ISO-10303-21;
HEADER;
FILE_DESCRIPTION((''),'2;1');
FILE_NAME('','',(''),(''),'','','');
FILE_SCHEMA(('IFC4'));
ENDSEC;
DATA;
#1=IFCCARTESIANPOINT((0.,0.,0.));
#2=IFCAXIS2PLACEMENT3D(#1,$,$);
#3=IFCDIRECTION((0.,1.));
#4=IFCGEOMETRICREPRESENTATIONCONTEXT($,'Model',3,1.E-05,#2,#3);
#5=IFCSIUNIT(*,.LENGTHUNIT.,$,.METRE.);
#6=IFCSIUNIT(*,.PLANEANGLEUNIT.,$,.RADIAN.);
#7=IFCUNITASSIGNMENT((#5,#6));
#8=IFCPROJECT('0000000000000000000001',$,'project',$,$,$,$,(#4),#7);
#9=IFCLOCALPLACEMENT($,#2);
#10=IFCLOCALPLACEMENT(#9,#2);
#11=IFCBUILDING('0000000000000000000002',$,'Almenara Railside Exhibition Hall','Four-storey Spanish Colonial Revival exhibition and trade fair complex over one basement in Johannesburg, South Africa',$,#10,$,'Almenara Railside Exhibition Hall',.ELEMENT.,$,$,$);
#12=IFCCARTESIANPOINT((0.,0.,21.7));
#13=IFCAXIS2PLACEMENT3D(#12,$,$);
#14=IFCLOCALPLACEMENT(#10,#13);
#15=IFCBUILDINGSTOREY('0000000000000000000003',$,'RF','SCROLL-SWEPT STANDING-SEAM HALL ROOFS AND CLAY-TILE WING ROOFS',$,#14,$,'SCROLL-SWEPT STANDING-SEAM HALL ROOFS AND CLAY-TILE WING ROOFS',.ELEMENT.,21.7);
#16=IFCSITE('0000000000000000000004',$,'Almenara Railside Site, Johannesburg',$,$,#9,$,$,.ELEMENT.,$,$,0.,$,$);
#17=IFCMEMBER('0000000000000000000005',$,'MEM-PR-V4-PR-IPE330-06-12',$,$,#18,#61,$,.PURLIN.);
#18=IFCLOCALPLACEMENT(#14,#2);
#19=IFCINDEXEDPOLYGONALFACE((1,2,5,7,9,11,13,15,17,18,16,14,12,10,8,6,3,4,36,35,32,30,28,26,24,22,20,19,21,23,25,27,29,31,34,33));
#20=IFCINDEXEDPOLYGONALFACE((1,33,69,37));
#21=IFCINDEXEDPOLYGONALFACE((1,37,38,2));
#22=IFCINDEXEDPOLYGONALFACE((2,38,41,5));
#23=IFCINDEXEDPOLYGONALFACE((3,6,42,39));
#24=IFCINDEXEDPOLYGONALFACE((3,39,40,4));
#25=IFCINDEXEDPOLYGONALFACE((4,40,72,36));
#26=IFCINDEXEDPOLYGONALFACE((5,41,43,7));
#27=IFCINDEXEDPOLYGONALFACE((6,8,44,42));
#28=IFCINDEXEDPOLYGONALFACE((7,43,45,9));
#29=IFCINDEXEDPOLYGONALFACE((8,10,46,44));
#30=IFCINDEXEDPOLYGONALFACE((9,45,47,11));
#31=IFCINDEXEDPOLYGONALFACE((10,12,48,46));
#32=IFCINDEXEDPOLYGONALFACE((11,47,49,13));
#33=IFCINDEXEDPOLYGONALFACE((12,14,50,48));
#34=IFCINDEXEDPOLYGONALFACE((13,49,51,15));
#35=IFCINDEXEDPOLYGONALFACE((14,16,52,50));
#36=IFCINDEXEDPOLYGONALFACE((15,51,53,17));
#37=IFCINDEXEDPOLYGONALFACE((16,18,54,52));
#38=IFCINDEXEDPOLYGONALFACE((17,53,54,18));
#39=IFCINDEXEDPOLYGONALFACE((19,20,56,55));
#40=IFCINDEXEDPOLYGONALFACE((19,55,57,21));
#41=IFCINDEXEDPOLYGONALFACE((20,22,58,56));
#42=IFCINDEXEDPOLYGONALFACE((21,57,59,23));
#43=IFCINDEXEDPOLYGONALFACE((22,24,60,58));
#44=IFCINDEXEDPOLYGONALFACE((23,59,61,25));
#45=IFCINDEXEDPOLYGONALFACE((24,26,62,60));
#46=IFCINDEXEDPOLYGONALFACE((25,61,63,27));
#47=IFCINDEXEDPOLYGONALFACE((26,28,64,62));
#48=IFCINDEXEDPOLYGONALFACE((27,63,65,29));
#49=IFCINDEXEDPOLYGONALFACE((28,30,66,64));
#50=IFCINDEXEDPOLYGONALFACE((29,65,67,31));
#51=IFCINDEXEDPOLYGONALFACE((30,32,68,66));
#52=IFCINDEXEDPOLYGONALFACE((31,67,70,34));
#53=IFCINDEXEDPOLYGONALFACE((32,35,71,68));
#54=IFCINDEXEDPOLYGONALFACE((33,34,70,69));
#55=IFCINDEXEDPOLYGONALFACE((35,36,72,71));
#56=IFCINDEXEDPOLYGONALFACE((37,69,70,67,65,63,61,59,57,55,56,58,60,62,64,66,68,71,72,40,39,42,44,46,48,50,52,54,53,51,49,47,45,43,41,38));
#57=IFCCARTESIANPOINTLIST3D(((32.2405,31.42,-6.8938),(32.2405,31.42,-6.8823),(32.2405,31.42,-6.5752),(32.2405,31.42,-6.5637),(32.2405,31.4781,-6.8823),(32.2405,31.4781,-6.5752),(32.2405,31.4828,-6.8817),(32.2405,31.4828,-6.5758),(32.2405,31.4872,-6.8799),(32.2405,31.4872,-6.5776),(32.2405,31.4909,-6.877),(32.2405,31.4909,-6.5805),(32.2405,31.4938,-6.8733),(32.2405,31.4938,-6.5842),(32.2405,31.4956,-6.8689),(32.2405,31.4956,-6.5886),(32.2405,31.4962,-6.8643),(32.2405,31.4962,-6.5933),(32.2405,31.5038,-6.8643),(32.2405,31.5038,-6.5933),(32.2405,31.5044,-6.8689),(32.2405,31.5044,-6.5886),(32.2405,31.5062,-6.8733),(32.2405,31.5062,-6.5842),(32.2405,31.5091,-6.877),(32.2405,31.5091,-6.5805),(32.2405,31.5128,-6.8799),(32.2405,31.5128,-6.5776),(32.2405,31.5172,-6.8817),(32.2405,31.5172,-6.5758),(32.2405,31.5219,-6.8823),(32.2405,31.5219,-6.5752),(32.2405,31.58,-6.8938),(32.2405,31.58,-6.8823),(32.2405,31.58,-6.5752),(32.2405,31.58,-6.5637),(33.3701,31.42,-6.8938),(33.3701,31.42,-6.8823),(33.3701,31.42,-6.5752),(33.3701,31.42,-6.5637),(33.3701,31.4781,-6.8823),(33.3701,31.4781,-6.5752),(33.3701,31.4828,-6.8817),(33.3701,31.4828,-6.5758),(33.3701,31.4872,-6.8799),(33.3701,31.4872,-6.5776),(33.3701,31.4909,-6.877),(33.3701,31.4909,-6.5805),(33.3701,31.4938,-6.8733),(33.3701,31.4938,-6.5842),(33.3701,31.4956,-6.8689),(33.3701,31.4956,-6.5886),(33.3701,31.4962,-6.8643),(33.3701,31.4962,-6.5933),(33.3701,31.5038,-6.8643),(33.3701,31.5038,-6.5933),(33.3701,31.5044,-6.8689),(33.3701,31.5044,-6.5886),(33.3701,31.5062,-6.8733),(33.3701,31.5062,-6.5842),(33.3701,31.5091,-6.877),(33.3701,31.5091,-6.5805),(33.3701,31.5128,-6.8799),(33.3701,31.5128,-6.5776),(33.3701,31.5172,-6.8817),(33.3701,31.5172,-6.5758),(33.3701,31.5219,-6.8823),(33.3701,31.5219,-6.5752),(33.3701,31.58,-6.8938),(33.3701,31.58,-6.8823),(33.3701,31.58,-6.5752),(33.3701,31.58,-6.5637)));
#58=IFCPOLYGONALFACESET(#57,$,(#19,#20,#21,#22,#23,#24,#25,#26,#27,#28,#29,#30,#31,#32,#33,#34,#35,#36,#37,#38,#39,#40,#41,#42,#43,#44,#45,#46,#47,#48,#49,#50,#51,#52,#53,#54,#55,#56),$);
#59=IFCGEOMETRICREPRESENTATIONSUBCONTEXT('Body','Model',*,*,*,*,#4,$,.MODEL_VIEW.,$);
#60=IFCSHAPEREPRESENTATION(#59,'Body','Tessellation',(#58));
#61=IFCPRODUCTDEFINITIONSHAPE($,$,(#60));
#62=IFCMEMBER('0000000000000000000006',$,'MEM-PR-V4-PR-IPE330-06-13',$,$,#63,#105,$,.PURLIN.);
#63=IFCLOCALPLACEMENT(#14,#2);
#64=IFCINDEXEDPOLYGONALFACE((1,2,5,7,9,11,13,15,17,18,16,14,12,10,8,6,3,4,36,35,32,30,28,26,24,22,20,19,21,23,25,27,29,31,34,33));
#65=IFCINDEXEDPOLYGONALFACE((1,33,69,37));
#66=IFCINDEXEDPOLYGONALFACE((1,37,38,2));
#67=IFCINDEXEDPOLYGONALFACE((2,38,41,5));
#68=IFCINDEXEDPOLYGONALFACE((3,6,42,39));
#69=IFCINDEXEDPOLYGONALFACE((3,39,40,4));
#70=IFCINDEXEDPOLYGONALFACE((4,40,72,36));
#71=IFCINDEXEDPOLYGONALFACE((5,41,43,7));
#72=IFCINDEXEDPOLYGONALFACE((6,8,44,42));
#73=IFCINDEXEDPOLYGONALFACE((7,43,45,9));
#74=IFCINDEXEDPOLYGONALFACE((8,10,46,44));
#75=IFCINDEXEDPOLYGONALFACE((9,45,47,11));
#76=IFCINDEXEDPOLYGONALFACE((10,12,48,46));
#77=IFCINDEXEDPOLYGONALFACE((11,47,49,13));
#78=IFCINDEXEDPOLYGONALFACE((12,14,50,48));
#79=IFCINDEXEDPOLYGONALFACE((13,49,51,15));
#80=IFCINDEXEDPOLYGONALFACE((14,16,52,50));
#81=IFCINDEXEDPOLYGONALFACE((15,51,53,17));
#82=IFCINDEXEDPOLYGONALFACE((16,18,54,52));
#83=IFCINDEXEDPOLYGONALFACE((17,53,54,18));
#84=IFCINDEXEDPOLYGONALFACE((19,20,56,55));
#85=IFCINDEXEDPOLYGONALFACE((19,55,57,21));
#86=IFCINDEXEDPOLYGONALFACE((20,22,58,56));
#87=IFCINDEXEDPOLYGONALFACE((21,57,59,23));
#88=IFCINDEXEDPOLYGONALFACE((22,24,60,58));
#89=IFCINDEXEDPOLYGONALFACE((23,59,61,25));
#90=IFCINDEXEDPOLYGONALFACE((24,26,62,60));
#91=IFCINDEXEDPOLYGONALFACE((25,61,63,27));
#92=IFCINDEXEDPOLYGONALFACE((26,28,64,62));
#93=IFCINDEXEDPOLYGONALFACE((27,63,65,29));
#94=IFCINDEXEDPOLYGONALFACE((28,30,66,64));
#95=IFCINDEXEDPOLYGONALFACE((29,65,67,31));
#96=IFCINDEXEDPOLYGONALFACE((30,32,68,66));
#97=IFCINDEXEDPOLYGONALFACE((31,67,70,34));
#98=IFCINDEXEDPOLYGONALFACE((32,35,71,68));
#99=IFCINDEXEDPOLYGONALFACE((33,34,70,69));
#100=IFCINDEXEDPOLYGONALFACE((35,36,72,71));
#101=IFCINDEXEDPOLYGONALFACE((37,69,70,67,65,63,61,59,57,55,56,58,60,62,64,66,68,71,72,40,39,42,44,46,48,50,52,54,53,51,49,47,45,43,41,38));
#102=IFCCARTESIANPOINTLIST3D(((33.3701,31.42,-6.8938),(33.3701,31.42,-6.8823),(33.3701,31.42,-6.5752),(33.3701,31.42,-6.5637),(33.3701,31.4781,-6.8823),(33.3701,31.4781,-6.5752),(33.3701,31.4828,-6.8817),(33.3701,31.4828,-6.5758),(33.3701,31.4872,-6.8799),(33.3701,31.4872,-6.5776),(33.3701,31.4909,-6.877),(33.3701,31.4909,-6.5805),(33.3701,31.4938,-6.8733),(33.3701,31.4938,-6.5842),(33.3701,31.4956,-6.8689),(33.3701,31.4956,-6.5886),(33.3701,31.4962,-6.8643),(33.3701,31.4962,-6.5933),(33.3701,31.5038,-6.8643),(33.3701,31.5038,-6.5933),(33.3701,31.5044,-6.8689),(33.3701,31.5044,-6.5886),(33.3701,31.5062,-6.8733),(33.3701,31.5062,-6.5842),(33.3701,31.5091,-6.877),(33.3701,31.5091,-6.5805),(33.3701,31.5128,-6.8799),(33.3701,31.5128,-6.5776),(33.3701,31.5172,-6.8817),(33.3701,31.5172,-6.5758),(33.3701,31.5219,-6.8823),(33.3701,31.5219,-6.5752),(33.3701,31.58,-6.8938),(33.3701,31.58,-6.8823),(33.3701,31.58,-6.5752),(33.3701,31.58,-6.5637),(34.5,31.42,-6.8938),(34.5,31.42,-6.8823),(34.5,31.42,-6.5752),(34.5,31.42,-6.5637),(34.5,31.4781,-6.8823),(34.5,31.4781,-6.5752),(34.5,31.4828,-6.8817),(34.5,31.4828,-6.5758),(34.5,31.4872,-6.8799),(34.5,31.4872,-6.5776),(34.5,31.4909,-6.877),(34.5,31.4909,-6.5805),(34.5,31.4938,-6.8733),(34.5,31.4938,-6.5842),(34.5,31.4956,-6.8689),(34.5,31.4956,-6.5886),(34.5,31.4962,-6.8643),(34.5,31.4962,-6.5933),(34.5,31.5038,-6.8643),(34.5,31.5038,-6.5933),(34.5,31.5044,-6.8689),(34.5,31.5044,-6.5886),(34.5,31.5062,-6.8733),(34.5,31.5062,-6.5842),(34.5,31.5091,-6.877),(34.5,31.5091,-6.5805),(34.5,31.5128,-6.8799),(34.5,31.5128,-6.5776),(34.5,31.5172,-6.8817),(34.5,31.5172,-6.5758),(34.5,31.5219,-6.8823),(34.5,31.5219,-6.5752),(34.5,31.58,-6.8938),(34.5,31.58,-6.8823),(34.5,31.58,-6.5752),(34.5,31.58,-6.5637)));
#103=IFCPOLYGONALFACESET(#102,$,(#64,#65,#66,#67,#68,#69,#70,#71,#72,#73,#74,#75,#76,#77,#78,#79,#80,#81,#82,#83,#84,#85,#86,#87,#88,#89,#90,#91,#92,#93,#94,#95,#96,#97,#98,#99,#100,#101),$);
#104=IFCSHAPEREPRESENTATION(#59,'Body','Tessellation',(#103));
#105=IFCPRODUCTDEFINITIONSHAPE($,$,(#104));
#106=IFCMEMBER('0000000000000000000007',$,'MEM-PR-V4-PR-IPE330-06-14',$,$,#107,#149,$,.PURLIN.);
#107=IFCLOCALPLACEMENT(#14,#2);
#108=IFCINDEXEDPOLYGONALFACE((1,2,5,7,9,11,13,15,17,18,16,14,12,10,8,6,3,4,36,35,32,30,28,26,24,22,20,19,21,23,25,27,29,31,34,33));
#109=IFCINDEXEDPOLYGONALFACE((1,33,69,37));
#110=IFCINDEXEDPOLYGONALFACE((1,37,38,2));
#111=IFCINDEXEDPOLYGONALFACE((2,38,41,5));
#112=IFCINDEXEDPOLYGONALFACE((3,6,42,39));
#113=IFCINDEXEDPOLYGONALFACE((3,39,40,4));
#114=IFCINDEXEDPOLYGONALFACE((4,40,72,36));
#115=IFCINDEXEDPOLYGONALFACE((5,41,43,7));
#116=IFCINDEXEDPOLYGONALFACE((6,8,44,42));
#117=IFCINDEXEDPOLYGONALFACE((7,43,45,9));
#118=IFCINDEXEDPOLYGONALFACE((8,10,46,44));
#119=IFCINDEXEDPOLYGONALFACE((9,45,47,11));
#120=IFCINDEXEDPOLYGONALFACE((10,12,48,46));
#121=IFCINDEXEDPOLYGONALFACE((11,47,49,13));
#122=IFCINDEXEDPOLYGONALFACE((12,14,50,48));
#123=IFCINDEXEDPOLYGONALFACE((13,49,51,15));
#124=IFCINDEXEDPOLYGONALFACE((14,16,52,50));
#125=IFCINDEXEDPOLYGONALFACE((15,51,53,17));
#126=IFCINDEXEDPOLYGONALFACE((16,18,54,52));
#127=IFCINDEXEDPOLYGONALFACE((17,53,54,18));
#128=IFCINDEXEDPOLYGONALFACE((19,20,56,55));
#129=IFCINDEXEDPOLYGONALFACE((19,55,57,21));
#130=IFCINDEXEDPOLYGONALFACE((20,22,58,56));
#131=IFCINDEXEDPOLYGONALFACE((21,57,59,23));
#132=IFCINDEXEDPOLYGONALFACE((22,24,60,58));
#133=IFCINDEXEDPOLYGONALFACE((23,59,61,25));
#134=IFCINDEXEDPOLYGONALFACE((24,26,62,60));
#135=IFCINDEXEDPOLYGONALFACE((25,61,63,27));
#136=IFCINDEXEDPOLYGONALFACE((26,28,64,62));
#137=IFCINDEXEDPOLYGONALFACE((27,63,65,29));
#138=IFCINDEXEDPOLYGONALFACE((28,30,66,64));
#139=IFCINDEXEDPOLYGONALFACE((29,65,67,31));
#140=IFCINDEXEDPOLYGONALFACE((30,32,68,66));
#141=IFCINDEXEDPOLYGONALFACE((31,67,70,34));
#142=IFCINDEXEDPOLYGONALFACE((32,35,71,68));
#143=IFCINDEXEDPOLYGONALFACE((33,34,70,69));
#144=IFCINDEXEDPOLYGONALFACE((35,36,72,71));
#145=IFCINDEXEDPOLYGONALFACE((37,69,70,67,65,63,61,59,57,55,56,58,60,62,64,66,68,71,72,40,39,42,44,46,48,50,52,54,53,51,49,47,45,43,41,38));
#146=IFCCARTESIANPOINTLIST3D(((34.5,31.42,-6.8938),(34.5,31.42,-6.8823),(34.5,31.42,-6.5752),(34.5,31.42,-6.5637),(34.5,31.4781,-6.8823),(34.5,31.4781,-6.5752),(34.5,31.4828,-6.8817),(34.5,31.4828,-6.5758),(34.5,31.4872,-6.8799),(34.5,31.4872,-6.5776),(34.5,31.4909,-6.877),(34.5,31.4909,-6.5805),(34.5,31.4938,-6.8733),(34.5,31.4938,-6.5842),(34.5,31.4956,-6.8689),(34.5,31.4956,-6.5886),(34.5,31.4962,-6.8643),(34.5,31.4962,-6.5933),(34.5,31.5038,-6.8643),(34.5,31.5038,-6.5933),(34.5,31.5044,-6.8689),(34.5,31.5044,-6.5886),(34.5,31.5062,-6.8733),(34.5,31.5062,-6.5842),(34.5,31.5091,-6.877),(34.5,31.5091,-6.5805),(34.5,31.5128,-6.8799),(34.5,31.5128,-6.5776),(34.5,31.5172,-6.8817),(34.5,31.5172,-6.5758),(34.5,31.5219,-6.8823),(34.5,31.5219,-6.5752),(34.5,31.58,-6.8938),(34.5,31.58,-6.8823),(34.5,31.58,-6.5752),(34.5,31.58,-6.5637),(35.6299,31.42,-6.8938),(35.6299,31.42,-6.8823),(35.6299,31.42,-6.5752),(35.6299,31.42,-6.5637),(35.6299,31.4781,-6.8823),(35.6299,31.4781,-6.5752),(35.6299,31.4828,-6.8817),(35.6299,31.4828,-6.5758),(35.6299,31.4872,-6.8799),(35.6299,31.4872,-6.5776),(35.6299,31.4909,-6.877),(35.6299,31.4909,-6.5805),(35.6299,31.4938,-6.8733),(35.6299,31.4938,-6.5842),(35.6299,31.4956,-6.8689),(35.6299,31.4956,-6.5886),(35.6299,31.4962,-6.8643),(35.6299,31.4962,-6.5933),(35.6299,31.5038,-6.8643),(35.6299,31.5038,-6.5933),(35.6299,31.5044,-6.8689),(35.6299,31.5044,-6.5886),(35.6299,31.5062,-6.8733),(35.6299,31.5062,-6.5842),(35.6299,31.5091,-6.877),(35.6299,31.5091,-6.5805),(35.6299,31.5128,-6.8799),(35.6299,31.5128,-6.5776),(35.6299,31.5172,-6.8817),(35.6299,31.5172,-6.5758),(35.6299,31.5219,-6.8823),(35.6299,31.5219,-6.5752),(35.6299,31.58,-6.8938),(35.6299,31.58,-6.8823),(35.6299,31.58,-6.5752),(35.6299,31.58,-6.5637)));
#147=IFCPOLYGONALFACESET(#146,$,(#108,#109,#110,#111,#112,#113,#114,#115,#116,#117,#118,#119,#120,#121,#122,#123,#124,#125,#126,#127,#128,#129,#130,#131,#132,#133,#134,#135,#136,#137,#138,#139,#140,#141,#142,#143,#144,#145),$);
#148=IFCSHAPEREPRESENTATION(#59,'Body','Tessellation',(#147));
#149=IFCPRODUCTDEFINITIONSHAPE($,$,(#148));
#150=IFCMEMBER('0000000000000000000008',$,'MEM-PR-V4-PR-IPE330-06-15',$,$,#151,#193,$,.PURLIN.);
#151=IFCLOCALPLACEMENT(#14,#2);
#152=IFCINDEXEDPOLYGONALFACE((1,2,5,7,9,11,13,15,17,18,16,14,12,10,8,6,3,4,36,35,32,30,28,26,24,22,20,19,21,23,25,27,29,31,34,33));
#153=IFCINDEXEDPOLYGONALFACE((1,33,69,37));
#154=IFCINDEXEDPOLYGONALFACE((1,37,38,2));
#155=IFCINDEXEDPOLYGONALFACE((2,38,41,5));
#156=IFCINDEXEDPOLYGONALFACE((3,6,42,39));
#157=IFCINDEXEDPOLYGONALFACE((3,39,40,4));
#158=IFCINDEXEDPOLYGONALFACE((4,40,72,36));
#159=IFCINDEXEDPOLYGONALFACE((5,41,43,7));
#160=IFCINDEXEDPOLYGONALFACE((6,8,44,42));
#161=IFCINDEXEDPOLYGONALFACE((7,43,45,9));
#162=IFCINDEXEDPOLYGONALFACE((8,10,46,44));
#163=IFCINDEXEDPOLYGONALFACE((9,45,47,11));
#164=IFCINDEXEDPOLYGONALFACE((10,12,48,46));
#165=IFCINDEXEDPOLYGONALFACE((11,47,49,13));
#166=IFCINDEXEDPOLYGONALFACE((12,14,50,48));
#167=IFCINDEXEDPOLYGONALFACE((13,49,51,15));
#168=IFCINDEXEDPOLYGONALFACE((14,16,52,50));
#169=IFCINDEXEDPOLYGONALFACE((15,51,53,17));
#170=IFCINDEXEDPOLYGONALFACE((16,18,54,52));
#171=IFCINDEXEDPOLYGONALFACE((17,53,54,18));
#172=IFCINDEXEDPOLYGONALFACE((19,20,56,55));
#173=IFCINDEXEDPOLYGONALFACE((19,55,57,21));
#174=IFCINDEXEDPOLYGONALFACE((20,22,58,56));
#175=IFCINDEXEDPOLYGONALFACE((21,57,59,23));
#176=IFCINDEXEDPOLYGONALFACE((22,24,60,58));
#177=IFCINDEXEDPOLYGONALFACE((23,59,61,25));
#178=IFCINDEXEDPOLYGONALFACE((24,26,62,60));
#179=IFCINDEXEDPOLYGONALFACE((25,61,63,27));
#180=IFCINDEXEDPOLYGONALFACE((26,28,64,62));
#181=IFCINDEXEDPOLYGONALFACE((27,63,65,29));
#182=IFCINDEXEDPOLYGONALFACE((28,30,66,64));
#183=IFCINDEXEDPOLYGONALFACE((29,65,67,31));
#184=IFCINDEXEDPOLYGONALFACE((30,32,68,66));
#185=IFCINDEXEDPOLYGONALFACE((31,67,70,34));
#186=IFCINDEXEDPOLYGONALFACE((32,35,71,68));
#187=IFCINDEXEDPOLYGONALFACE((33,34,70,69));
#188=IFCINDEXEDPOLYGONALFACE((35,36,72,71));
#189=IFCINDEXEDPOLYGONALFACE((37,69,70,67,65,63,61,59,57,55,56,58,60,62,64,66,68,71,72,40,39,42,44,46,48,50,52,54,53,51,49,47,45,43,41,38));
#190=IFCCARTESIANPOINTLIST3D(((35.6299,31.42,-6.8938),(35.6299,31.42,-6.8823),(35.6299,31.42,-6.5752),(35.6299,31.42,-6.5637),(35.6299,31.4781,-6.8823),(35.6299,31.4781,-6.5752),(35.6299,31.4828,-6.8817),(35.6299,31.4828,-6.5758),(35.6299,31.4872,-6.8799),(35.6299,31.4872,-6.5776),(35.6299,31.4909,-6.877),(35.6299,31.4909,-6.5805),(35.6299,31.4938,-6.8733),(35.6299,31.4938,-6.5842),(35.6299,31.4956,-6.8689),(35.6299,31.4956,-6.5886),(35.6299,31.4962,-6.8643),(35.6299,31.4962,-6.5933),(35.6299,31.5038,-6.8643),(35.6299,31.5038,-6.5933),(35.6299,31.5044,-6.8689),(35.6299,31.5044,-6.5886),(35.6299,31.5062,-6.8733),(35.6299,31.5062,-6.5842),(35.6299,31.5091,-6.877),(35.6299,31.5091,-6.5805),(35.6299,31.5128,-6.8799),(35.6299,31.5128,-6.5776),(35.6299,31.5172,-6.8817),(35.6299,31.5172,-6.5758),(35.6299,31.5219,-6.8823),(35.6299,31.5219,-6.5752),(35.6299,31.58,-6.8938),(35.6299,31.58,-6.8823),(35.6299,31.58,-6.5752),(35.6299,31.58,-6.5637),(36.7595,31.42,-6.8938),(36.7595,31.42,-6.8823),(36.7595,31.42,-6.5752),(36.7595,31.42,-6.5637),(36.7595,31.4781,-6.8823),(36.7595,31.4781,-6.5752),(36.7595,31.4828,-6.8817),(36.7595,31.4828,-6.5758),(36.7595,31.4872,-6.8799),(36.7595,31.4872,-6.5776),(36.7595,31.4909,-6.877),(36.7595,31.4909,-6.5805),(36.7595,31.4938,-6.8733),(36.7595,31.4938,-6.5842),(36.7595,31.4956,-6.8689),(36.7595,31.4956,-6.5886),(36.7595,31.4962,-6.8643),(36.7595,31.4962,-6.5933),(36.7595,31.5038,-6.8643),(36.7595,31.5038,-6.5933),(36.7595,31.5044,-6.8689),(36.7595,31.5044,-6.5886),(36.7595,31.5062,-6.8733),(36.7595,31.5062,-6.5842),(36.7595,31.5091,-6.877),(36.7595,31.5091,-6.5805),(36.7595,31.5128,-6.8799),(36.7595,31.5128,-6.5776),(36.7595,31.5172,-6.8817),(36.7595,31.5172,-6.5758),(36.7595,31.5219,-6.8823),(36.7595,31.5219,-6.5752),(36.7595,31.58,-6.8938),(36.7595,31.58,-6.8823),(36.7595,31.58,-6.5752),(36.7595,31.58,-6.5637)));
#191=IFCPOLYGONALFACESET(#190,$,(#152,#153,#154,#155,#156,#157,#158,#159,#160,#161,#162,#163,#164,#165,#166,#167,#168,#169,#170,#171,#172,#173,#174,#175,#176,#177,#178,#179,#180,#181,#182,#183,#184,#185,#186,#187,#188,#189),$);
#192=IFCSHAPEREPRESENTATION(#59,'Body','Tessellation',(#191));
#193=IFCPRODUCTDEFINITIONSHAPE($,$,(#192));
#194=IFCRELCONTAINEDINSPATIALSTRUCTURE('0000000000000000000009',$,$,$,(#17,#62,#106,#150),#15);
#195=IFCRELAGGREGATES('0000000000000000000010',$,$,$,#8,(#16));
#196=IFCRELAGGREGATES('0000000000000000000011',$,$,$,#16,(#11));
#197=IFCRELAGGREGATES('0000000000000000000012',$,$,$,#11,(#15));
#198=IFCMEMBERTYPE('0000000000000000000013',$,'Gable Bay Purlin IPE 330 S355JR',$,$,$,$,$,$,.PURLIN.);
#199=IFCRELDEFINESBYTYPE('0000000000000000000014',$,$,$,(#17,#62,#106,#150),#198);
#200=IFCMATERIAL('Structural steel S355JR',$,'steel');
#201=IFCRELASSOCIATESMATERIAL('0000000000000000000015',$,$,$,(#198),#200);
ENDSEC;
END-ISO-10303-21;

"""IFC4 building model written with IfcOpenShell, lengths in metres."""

from ifc_helpers import new_model, si_unit, direction, frame, origin, origin_2d, place, context, subcontext, project, spatial, i_section, extrude, material, material_profile, profile_set, type_object, element, save


model = new_model("IFC4")

# Units and contexts
model_context = context("Model", 3, precision=1e-05, world=origin(), true_north=direction((0.0, 1.0)))
body_context = subcontext(model_context, "Body", "Model", "MODEL_VIEW")
ifc_project = project(units=[si_unit("LENGTHUNIT", "METRE"), si_unit("PLANEANGLEUNIT", "RADIAN")], contexts=[model_context])

# Site, building, storey
site_placement = place(None, origin())
site = spatial("IfcSite", under=ifc_project, at=site_placement, Name="Almenara Railside Site, Johannesburg", CompositionType="ELEMENT", RefElevation=0.0)
building_placement = place(site_placement, origin())
building = spatial("IfcBuilding", under=site, at=building_placement, Name="Almenara Railside Exhibition Hall", Description="Four-storey Spanish Colonial Revival exhibition and trade fair complex over one basement in Johannesburg, South Africa", LongName="Almenara Railside Exhibition Hall", CompositionType="ELEMENT")
storey_placement = place(building_placement, frame((0.0, 0.0, 21.7)))
storey = spatial("IfcBuildingStorey", under=building, at=storey_placement, Name="RF", Description="SCROLL-SWEPT STANDING-SEAM HALL ROOFS AND CLAY-TILE WING ROOFS", LongName="SCROLL-SWEPT STANDING-SEAM HALL ROOFS AND CLAY-TILE WING ROOFS", CompositionType="ELEMENT", Elevation=21.7)

# Members
ifc_material_1 = material(Name="Structural steel S355JR", Category="steel")
ifc_material_profile_1 = material_profile(ifc_material_1, i_section(OverallWidth=0.1599, OverallDepth=0.3301, WebThickness=0.0076, FlangeThickness=0.0115, FilletRadius=0.0181, at=origin_2d()), Name="IPE 330")
ifc_profile_set_1 = profile_set([ifc_material_profile_1], Name="Structural steel S355JR")
member_type_1 = type_object("IfcMemberType", Name="Gable Bay Purlin IPE 330 S355JR", PredefinedType="PURLIN", material=ifc_profile_set_1)
member_1_placement = place(storey_placement, frame((32.2405, 31.5, -6.7288), z_axis=(1.0, 0.0, 0.0), x_axis=(0.0, 1.0, 0.0)))
element("IfcMember", 1, at=member_1_placement, inside=storey, type_object=member_type_1, Name="MEM-PR-V4-PR-IPE330-06-12", PredefinedType="PURLIN", context=body_context, shape_type="SweptSolid", body=[
    extrude(i_section(OverallWidth=0.1599, OverallDepth=0.3301, WebThickness=0.0076, FlangeThickness=0.0115, FilletRadius=0.0181, at=origin_2d()), origin(), (0.0, 0.0, 1.0), 1.1296),
])
for number, where, z_axis, x_axis, name in (
    (2, (33.3701, 31.5, -6.7288), (1.0, 0.0, 0.0), (0.0, 1.0, 0.0), "MEM-PR-V4-PR-IPE330-06-13"),
    (3, (34.5, 31.5, -6.7288), (1.0, 0.0, 0.0), (0.0, 1.0, 0.0), "MEM-PR-V4-PR-IPE330-06-14"),
):
    element("IfcMember", number, at=place(storey_placement, frame(where, z_axis=z_axis, x_axis=x_axis)), inside=storey, type_object=member_type_1, Name=name, PredefinedType="PURLIN", context=body_context, shape_type="SweptSolid", body=[
        extrude(i_section(OverallWidth=0.1599, OverallDepth=0.3301, WebThickness=0.0076, FlangeThickness=0.0115, FilletRadius=0.0181, at=origin_2d()), origin(), (0.0, 0.0, 1.0), 1.1299),
    ])
member_2_placement = place(storey_placement, frame((35.6299, 31.5, -6.7288), z_axis=(1.0, 0.0, 0.0), x_axis=(0.0, 1.0, 0.0)))
element("IfcMember", 4, at=member_2_placement, inside=storey, type_object=member_type_1, Name="MEM-PR-V4-PR-IPE330-06-15", PredefinedType="PURLIN", context=body_context, shape_type="SweptSolid", body=[
    extrude(i_section(OverallWidth=0.1599, OverallDepth=0.3301, WebThickness=0.0076, FlangeThickness=0.0115, FilletRadius=0.0181, at=origin_2d()), origin(), (0.0, 0.0, 1.0), 1.1296),
])

save(model, "model.ifc")
